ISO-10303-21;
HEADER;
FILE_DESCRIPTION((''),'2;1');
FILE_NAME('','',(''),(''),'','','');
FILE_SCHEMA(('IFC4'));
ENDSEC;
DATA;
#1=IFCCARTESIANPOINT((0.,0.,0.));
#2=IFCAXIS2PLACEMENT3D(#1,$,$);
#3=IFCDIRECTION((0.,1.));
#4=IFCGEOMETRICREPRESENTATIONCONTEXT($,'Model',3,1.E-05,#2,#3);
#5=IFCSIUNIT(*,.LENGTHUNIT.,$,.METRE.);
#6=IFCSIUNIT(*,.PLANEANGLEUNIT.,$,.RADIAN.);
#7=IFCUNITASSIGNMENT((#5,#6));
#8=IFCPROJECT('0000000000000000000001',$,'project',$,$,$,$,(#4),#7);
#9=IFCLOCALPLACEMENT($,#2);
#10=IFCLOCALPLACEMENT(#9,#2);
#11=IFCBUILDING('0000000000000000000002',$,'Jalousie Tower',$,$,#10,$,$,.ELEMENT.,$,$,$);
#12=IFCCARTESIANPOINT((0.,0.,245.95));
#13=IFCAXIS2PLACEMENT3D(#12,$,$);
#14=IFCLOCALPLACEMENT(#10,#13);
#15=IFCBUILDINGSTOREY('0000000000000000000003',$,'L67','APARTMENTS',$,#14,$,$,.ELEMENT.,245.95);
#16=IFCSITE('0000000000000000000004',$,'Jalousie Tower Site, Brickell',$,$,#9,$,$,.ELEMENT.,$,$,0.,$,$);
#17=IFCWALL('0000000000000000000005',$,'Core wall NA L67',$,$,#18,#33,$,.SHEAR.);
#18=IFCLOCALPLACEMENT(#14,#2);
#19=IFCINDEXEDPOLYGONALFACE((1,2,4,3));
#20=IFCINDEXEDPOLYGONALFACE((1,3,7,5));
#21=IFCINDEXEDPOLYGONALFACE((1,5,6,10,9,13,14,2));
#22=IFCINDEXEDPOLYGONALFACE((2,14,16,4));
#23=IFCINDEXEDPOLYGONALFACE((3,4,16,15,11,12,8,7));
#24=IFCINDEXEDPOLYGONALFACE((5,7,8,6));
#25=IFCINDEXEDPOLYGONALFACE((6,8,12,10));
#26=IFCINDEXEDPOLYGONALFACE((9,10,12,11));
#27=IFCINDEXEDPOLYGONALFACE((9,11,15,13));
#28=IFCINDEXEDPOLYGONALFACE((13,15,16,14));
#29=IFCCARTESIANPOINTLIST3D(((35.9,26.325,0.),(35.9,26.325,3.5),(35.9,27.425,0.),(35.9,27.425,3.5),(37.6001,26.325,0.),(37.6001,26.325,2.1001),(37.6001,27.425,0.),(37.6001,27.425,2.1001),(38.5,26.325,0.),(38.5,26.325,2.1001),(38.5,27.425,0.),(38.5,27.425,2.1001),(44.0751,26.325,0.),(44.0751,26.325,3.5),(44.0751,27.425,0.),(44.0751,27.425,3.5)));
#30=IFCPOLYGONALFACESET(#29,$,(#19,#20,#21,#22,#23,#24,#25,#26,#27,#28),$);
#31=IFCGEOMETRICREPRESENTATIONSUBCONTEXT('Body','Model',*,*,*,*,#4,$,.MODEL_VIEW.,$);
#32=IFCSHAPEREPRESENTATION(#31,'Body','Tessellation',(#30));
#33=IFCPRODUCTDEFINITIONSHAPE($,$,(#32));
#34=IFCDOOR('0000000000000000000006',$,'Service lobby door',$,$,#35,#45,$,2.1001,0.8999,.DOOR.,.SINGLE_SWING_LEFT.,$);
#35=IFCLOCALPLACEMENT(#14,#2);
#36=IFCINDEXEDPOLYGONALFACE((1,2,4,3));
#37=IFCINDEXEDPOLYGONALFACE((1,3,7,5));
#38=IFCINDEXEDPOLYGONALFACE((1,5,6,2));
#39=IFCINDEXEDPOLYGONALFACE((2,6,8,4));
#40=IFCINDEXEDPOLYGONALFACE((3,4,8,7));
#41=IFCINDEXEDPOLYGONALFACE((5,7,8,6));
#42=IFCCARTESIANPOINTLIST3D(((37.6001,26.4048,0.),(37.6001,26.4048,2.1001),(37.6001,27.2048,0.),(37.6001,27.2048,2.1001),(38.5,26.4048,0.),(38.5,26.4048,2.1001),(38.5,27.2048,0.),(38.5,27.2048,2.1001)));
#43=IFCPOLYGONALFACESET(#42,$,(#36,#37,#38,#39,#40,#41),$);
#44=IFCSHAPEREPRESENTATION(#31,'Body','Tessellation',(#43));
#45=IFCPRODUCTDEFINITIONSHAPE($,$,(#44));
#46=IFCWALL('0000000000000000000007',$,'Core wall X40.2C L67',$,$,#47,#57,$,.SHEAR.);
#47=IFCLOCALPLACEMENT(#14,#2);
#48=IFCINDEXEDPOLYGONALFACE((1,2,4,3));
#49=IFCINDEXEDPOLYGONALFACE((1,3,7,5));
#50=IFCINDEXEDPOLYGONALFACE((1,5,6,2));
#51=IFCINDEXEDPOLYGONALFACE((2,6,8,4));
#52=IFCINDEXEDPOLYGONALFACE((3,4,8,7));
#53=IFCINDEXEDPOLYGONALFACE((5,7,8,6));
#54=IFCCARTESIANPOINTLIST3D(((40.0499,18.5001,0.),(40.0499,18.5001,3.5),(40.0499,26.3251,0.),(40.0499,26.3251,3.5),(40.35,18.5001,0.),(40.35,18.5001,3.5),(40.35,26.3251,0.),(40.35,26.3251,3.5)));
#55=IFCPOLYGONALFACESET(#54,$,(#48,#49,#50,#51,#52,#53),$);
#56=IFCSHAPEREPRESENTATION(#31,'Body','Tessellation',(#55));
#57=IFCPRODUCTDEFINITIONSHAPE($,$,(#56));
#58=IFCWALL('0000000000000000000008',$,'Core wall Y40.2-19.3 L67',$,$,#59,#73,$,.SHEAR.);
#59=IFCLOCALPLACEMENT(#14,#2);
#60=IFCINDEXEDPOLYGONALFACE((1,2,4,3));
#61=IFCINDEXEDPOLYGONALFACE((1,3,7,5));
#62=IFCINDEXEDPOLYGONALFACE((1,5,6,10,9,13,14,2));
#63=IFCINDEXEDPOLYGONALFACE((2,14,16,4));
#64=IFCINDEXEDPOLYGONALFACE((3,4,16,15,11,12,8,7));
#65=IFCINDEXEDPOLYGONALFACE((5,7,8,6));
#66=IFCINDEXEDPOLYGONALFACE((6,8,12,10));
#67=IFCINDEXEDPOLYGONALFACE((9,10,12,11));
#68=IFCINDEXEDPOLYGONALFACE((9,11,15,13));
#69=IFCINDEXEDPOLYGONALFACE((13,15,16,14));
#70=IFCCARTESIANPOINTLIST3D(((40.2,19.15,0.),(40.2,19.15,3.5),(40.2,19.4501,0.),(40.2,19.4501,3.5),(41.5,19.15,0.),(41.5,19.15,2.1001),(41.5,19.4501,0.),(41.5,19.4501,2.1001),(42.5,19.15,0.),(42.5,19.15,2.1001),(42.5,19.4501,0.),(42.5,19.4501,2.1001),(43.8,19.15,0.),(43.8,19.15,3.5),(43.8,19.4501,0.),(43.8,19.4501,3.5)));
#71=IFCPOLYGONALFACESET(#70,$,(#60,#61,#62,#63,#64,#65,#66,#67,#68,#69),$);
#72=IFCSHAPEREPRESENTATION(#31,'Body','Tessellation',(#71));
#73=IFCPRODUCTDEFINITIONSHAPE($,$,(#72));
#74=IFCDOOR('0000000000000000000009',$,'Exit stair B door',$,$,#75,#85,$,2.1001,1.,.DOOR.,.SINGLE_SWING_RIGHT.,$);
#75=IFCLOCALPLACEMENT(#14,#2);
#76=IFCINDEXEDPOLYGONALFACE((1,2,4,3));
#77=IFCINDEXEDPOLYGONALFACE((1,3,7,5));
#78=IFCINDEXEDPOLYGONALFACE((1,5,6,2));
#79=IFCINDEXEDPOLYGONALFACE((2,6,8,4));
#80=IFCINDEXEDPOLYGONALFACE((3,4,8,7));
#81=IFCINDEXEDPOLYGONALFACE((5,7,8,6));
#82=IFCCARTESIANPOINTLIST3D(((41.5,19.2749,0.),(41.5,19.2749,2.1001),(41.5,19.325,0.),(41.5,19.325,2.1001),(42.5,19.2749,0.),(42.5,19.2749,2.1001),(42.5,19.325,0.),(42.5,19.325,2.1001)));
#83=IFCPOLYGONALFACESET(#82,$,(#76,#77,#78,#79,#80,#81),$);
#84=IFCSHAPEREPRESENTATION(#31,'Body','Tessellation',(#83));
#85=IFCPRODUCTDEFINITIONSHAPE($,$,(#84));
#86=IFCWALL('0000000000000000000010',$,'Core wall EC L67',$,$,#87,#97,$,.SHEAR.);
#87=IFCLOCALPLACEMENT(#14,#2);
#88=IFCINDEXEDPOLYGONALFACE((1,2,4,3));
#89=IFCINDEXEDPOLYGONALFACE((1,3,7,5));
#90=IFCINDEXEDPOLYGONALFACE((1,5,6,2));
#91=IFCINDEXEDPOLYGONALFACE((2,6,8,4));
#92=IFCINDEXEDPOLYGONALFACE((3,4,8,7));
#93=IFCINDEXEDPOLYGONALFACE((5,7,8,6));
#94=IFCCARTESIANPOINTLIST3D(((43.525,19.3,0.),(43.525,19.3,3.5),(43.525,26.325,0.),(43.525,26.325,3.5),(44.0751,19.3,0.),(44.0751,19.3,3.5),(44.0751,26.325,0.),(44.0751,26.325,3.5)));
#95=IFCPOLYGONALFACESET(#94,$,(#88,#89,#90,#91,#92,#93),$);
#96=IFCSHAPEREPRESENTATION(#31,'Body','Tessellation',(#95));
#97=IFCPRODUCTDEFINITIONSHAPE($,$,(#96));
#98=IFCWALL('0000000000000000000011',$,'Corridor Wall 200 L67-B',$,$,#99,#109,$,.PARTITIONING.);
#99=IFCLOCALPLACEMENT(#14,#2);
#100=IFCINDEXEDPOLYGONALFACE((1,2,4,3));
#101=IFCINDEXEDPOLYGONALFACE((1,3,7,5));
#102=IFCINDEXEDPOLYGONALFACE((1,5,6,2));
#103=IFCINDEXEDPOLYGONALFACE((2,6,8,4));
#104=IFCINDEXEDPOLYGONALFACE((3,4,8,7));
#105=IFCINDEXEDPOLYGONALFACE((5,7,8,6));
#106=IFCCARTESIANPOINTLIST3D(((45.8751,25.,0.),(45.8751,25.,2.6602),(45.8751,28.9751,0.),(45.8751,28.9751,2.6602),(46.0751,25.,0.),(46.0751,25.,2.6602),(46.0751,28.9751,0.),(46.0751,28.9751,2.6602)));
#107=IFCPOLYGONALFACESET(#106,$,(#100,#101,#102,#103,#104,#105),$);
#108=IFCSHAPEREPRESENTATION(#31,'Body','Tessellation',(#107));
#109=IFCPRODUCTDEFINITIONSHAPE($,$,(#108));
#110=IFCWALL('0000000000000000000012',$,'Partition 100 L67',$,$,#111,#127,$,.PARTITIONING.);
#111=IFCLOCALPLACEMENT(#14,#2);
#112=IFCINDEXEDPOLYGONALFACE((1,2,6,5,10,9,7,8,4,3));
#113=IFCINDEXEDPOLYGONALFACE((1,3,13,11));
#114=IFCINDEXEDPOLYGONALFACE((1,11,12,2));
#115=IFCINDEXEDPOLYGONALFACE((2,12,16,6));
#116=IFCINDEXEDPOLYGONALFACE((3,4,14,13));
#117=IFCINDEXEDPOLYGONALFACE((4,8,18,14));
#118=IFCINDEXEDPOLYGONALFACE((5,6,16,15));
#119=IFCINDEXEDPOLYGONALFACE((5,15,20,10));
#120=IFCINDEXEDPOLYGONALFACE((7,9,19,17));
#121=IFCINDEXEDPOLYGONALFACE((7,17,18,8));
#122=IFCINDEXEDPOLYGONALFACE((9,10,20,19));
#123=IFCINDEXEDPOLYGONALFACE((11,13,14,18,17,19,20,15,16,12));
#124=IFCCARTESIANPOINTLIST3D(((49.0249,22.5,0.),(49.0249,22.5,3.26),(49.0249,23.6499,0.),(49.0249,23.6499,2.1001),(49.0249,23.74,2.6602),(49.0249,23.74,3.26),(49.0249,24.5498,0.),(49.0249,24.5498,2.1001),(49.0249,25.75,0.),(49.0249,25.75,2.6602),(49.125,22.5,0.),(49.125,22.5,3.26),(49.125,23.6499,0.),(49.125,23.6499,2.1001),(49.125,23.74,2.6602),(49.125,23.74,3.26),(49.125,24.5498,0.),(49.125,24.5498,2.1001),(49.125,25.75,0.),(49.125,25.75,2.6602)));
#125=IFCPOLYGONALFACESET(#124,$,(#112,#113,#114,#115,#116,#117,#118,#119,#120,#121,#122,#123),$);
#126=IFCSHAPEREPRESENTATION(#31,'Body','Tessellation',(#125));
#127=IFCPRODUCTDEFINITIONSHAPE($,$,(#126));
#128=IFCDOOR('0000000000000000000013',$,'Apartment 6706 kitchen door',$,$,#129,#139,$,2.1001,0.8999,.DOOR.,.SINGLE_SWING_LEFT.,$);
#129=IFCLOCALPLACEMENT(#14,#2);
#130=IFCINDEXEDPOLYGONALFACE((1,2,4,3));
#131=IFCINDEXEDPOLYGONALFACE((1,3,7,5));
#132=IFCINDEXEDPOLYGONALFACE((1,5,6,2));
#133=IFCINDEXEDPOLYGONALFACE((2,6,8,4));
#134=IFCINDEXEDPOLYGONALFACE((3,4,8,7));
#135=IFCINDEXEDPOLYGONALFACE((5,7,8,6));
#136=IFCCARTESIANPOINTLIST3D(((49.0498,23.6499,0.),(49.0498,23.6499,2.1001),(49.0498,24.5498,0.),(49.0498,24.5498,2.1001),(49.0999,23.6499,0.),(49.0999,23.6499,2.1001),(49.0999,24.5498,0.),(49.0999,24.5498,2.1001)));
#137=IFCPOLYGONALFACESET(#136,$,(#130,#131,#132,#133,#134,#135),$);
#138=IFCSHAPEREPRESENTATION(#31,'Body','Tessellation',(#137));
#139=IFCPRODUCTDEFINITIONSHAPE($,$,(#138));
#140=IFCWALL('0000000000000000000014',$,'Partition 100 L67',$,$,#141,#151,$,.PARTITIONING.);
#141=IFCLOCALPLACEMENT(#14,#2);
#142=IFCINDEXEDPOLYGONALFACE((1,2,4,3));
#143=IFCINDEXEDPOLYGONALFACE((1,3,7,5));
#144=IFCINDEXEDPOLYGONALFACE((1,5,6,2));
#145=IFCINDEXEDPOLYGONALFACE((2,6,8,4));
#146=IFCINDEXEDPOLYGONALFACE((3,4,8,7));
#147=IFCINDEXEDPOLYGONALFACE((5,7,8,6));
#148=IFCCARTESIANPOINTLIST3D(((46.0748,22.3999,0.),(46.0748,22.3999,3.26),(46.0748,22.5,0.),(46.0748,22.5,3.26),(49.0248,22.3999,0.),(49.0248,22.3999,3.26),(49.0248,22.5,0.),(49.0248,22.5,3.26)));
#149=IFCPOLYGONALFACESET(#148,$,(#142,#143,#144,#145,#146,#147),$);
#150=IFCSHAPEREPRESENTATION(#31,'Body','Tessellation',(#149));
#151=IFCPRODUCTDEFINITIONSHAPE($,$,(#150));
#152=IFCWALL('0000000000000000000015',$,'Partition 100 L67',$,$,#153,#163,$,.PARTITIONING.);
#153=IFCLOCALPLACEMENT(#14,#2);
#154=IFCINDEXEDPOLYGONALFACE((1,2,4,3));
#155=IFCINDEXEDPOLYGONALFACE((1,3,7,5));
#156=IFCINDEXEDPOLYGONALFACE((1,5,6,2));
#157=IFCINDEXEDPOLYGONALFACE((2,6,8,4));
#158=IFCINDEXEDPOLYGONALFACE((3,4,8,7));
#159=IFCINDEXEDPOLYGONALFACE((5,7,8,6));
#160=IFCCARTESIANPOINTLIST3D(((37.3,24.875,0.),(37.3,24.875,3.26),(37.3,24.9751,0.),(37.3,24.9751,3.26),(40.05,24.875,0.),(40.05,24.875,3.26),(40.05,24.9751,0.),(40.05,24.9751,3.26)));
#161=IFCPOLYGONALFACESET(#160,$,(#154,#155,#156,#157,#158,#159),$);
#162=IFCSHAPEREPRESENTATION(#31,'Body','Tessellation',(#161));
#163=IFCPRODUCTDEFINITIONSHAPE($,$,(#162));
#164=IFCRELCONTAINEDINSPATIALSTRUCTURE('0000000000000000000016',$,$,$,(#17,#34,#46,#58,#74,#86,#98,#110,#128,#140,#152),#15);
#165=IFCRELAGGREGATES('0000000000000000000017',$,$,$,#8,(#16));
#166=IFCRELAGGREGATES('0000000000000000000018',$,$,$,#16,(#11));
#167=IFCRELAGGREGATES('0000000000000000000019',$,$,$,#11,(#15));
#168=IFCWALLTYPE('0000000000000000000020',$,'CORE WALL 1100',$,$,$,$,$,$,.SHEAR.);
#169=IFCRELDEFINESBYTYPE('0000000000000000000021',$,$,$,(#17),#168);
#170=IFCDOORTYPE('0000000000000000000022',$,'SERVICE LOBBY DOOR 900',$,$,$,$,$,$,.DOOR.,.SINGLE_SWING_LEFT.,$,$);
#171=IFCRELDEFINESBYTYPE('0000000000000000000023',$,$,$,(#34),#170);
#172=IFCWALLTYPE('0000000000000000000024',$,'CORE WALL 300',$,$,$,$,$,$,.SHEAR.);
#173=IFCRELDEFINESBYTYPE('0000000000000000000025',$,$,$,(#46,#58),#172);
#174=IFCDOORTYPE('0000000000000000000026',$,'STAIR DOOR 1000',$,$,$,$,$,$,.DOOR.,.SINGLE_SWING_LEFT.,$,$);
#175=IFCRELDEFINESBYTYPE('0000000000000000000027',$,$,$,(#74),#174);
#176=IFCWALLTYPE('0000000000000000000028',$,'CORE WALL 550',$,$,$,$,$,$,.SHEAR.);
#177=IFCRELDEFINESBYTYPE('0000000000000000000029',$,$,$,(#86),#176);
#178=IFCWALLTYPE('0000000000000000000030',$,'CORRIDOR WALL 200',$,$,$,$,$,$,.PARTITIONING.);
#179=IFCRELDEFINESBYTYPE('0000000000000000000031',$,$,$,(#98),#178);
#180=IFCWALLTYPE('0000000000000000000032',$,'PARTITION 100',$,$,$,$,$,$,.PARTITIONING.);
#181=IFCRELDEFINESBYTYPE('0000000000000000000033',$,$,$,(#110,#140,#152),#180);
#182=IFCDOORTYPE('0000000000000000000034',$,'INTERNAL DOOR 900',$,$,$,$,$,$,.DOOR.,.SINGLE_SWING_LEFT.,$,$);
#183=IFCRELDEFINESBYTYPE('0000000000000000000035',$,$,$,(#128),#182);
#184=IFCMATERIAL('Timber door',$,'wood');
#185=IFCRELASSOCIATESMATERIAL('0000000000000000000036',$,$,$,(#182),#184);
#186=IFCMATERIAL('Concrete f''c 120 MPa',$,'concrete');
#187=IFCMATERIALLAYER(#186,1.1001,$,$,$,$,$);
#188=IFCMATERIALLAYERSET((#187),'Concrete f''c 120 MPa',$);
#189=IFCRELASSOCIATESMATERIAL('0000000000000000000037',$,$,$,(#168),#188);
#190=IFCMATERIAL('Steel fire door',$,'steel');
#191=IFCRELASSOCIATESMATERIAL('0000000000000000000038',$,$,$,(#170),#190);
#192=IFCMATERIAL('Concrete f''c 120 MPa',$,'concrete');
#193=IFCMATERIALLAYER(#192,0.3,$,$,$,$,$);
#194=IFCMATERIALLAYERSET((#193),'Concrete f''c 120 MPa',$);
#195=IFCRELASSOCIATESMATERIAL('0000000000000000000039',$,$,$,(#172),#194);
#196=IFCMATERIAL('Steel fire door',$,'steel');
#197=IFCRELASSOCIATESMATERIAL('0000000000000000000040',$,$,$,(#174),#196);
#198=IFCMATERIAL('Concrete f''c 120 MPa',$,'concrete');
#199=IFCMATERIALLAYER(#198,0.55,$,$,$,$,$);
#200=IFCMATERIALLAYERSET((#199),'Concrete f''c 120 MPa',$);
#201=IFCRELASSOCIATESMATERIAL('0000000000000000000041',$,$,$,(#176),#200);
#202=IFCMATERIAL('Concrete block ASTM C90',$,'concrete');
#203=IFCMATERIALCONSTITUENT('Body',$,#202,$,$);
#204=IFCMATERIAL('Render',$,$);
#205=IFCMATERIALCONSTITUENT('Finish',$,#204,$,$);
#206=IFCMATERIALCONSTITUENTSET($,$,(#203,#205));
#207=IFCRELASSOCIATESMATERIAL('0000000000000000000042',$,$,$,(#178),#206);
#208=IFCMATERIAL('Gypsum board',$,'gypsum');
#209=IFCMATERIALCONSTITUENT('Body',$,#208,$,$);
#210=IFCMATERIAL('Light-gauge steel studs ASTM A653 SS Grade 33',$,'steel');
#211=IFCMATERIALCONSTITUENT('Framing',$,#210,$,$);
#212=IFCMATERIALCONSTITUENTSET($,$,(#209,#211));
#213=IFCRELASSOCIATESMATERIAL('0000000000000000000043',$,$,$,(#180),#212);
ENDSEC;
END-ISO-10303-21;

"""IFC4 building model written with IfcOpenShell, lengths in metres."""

from ifc_helpers import new_model, si_unit, direction, frame, frame_2d, origin, place, context, subcontext, project, spatial, polyline, rectangle, outline, extrude, material, layer, layer_set, constituent, constituent_set, type_object, element, fill, save


model = new_model("IFC4")

# Units and contexts
model_context = context("Model", 3, precision=1e-05, world=origin(), true_north=direction((0.0, 1.0)))
body_context = subcontext(model_context, "Body", "Model", "MODEL_VIEW")
ifc_project = project(units=[si_unit("LENGTHUNIT", "METRE"), si_unit("PLANEANGLEUNIT", "RADIAN")], contexts=[model_context])

# Site, building, storey
site_placement = place(None, origin())
site = spatial("IfcSite", under=ifc_project, at=site_placement, Name="Jalousie Tower Site, Brickell", CompositionType="ELEMENT", RefElevation=0.0)
building_placement = place(site_placement, origin())
building = spatial("IfcBuilding", under=site, at=building_placement, Name="Jalousie Tower", CompositionType="ELEMENT")
storey_placement = place(building_placement, frame((0.0, 0.0, 245.95)))
storey = spatial("IfcBuildingStorey", under=building, at=storey_placement, Name="L67", Description="APARTMENTS", CompositionType="ELEMENT", Elevation=245.95)

# Shared definitions
ifc_material_1 = material(Name="Timber door", Category="wood")
door_type_1 = type_object("IfcDoorType", Name="INTERNAL DOOR 900", OperationType="SINGLE_SWING_LEFT", PredefinedType="DOOR", material=ifc_material_1)

# Wall, opening, door
ifc_material_2 = material(Name="Concrete f'c 120 MPa", Category="concrete")
ifc_layer_1 = layer(ifc_material_2, 1.1001)
ifc_layer_set_1 = layer_set([ifc_layer_1], Name="Concrete f'c 120 MPa")
wall_type_1 = type_object("IfcWallType", Name="CORE WALL 1100", PredefinedType="SHEAR", material=ifc_layer_set_1)
wall_1_placement = place(storey_placement, frame((44.075, 26.875, 0.0), z_axis=(0.0, 0.0, 1.0), x_axis=(-1.0, 0.0, 0.0)))
wall_1 = element("IfcWall", 1, at=wall_1_placement, inside=storey, type_object=wall_type_1, Name="Core wall NA L67", PredefinedType="SHEAR", context=body_context, shape_type="SweptSolid", body=[
    extrude(rectangle(XDim=8.175, YDim=1.1001, at=frame_2d((4.0874, 0.0))), origin(), (0.0, 0.0, 1.0), 3.5),
])
opening_1_placement = place(wall_1_placement, frame((5.575, 0.0, 0.0)))
opening_1 = element("IfcOpeningElement", 2, at=opening_1_placement, cuts=wall_1, PredefinedType="OPENING", context=body_context, shape_type="SweptSolid", body=[
    extrude(rectangle(XDim=0.8999, YDim=2.1001, at=frame_2d((0.45, 1.05))), frame((0.0, 0.5601, 0.0), z_axis=(0.0, -1.0, 0.0), x_axis=(1.0, 0.0, 0.0)), (0.0, 0.0, 1.0), 1.1201),
])
ifc_material_3 = material(Name="Steel fire door", Category="steel")
door_type_2 = type_object("IfcDoorType", Name="SERVICE LOBBY DOOR 900", OperationType="SINGLE_SWING_LEFT", PredefinedType="DOOR", material=ifc_material_3)
door_1_placement = place(opening_1_placement, origin())
door_1 = element("IfcDoor", 3, at=door_1_placement, inside=storey, type_object=door_type_2, Name="Service lobby door", OperationType="SINGLE_SWING_LEFT", OverallHeight=2.1001, OverallWidth=0.8999, PredefinedType="DOOR", context=body_context, shape_type="SweptSolid", body=[
    extrude(rectangle(XDim=0.8999, YDim=2.1001, at=frame_2d((0.45, 1.05))), frame((0.0, 0.4702, 0.0), z_axis=(0.0, -1.0, 0.0), x_axis=(1.0, 0.0, 0.0)), (0.0, 0.0, 1.0), 0.8),
])
fill(opening_1, door_1)

# Wall
ifc_material_4 = material(Name="Concrete f'c 120 MPa", Category="concrete")
ifc_layer_2 = layer(ifc_material_4, 0.3)
ifc_layer_set_2 = layer_set([ifc_layer_2], Name="Concrete f'c 120 MPa")
wall_type_2 = type_object("IfcWallType", Name="CORE WALL 300", PredefinedType="SHEAR", material=ifc_layer_set_2)
wall_2_placement = place(storey_placement, frame((40.2, 18.5, 0.0), z_axis=(0.0, 0.0, 1.0), x_axis=(0.0, 1.0, 0.0)))
element("IfcWall", 4, at=wall_2_placement, inside=storey, type_object=wall_type_2, Name="Core wall X40.2C L67", PredefinedType="SHEAR", context=body_context, shape_type="SweptSolid", body=[
    extrude(rectangle(XDim=7.825, YDim=0.3, at=frame_2d((3.9126, 0.0))), origin(), (0.0, 0.0, 1.0), 3.5),
])

# Wall, opening, door
wall_3_placement = place(storey_placement, frame((40.2, 19.3, 0.0), z_axis=(0.0, 0.0, 1.0), x_axis=(1.0, 0.0, 0.0)))
wall_3 = element("IfcWall", 5, at=wall_3_placement, inside=storey, type_object=wall_type_2, Name="Core wall Y40.2-19.3 L67", PredefinedType="SHEAR", context=body_context, shape_type="SweptSolid", body=[
    extrude(rectangle(XDim=3.6001, YDim=0.3, at=frame_2d((1.8, 0.0))), origin(), (0.0, 0.0, 1.0), 3.5),
])
opening_2_placement = place(wall_3_placement, frame((1.3, 0.0, 0.0)))
opening_2 = element("IfcOpeningElement", 6, at=opening_2_placement, cuts=wall_3, PredefinedType="OPENING", context=body_context, shape_type="SweptSolid", body=[
    extrude(rectangle(XDim=1.0, YDim=2.1001, at=frame_2d((0.5, 1.05))), frame((0.0, 0.1599, 0.0), z_axis=(0.0, -1.0, 0.0), x_axis=(1.0, 0.0, 0.0)), (0.0, 0.0, 1.0), 0.3201),
])
ifc_material_5 = material(Name="Steel fire door", Category="steel")
door_type_3 = type_object("IfcDoorType", Name="STAIR DOOR 1000", OperationType="SINGLE_SWING_LEFT", PredefinedType="DOOR", material=ifc_material_5)
door_2_placement = place(opening_2_placement, origin())
door_2 = element("IfcDoor", 7, at=door_2_placement, inside=storey, type_object=door_type_3, Name="Exit stair B door", OperationType="SINGLE_SWING_RIGHT", OverallHeight=2.1001, OverallWidth=1.0, PredefinedType="DOOR", context=body_context, shape_type="SweptSolid", body=[
    extrude(rectangle(XDim=1.0, YDim=2.1001, at=frame_2d((0.5, 1.05))), frame((0.0, 0.0249, 0.0), z_axis=(0.0, -1.0, 0.0), x_axis=(1.0, 0.0, 0.0)), (0.0, 0.0, 1.0), 0.05),
])
fill(opening_2, door_2)

# Walls
ifc_material_6 = material(Name="Concrete f'c 120 MPa", Category="concrete")
ifc_layer_3 = layer(ifc_material_6, 0.55)
ifc_layer_set_3 = layer_set([ifc_layer_3], Name="Concrete f'c 120 MPa")
wall_type_3 = type_object("IfcWallType", Name="CORE WALL 550", PredefinedType="SHEAR", material=ifc_layer_set_3)
wall_4_placement = place(storey_placement, frame((43.8, 19.3, 0.0), z_axis=(0.0, 0.0, 1.0), x_axis=(0.0, 1.0, 0.0)))
element("IfcWall", 8, at=wall_4_placement, inside=storey, type_object=wall_type_3, Name="Core wall EC L67", PredefinedType="SHEAR", context=body_context, shape_type="SweptSolid", body=[
    extrude(rectangle(XDim=7.0249, YDim=0.55, at=frame_2d((3.5125, 0.0))), origin(), (0.0, 0.0, 1.0), 3.5),
])
ifc_material_7 = material(Name="Concrete block ASTM C90", Category="concrete")
ifc_constituent_1 = constituent(ifc_material_7, Name="Body")
ifc_material_8 = material(Name="Render")
ifc_constituent_2 = constituent(ifc_material_8, Name="Finish")
ifc_constituent_set_1 = constituent_set(constituents=[ifc_constituent_1, ifc_constituent_2])
wall_type_4 = type_object("IfcWallType", Name="CORRIDOR WALL 200", PredefinedType="PARTITIONING", material=ifc_constituent_set_1)
wall_5_placement = place(storey_placement, frame((45.9751, 25.0, 0.0), z_axis=(0.0, 0.0, 1.0), x_axis=(0.0, 1.0, 0.0)))
element("IfcWall", 9, at=wall_5_placement, inside=storey, type_object=wall_type_4, Name="Corridor Wall 200 L67-B", PredefinedType="PARTITIONING", context=body_context, shape_type="SweptSolid", body=[
    extrude(rectangle(XDim=3.9751, YDim=0.2, at=frame_2d((1.9875, 0.0))), origin(), (0.0, 0.0, 1.0), 2.6602),
])

# Wall, opening, door
ifc_material_9 = material(Name="Gypsum board", Category="gypsum")
ifc_constituent_3 = constituent(ifc_material_9, Name="Body")
ifc_material_10 = material(Name="Light-gauge steel studs ASTM A653 SS Grade 33", Category="steel")
ifc_constituent_4 = constituent(ifc_material_10, Name="Framing")
ifc_constituent_set_2 = constituent_set(constituents=[ifc_constituent_3, ifc_constituent_4])
wall_type_5 = type_object("IfcWallType", Name="PARTITION 100", PredefinedType="PARTITIONING", material=ifc_constituent_set_2)
wall_6_placement = place(storey_placement, frame((49.075, 22.5, 0.0), z_axis=(0.0, 0.0, 1.0), x_axis=(0.0, 1.0, 0.0)))
wall_6 = element("IfcWall", 10, at=wall_6_placement, inside=storey, type_object=wall_type_5, Name="Partition 100 L67", PredefinedType="PARTITIONING", context=body_context, shape_type="SweptSolid", body=[
    extrude(outline(polyline([(0.0, 0.0), (3.25, 0.0), (3.25, 3.26), (3.25, 2.6602), (1.24, 2.6602), (1.24, 3.26), (0.0, 3.26), (0.0, 0.0)])), frame((0.0, 0.05, 0.0), z_axis=(0.0, -1.0, 0.0), x_axis=(1.0, 0.0, 0.0)), (0.0, 0.0, 1.0), 0.1001),
])
opening_3_placement = place(wall_6_placement, frame((1.1499, 0.0, 0.0)))
opening_3 = element("IfcOpeningElement", 11, at=opening_3_placement, cuts=wall_6, PredefinedType="OPENING", context=body_context, shape_type="SweptSolid", body=[
    extrude(rectangle(XDim=0.8999, YDim=2.1001, at=frame_2d((0.45, 1.05))), frame((0.0, 0.0601, 0.0), z_axis=(0.0, -1.0, 0.0), x_axis=(1.0, 0.0, 0.0)), (0.0, 0.0, 1.0), 0.1201),
])
door_3_placement = place(opening_3_placement, frame((0.8999, 0.0, 0.0), z_axis=(0.0, 0.0, 1.0), x_axis=(-1.0, 0.0, 0.0)))
door_3 = element("IfcDoor", 12, at=door_3_placement, inside=storey, type_object=door_type_1, Name="Apartment 6706 kitchen door", OperationType="SINGLE_SWING_LEFT", OverallHeight=2.1001, OverallWidth=0.8999, PredefinedType="DOOR", context=body_context, shape_type="SweptSolid", body=[
    extrude(rectangle(XDim=0.8999, YDim=2.1001, at=frame_2d((0.45, 1.05))), frame((0.0, 0.0249, 0.0), z_axis=(0.0, -1.0, 0.0), x_axis=(1.0, 0.0, 0.0)), (0.0, 0.0, 1.0), 0.05),
])
fill(opening_3, door_3)

# Walls
wall_7_placement = place(storey_placement, frame((49.0249, 22.45, 0.0), z_axis=(0.0, 0.0, 1.0), x_axis=(-1.0, 0.0, 0.0)))
element("IfcWall", 13, at=wall_7_placement, inside=storey, type_object=wall_type_5, Name="Partition 100 L67", PredefinedType="PARTITIONING", context=body_context, shape_type="SweptSolid", body=[
    extrude(rectangle(XDim=2.95, YDim=0.1001, at=frame_2d((1.4751, 0.0))), origin(), (0.0, 0.0, 1.0), 3.26),
])
wall_8_placement = place(storey_placement, frame((37.3, 24.925, 0.0), z_axis=(0.0, 0.0, 1.0), x_axis=(1.0, 0.0, 0.0)))
element("IfcWall", 14, at=wall_8_placement, inside=storey, type_object=wall_type_5, Name="Partition 100 L67", PredefinedType="PARTITIONING", context=body_context, shape_type="SweptSolid", body=[
    extrude(rectangle(XDim=2.75, YDim=0.1001, at=frame_2d((1.375, 0.0))), origin(), (0.0, 0.0, 1.0), 3.26),
])

save(model, "model.ifc")
